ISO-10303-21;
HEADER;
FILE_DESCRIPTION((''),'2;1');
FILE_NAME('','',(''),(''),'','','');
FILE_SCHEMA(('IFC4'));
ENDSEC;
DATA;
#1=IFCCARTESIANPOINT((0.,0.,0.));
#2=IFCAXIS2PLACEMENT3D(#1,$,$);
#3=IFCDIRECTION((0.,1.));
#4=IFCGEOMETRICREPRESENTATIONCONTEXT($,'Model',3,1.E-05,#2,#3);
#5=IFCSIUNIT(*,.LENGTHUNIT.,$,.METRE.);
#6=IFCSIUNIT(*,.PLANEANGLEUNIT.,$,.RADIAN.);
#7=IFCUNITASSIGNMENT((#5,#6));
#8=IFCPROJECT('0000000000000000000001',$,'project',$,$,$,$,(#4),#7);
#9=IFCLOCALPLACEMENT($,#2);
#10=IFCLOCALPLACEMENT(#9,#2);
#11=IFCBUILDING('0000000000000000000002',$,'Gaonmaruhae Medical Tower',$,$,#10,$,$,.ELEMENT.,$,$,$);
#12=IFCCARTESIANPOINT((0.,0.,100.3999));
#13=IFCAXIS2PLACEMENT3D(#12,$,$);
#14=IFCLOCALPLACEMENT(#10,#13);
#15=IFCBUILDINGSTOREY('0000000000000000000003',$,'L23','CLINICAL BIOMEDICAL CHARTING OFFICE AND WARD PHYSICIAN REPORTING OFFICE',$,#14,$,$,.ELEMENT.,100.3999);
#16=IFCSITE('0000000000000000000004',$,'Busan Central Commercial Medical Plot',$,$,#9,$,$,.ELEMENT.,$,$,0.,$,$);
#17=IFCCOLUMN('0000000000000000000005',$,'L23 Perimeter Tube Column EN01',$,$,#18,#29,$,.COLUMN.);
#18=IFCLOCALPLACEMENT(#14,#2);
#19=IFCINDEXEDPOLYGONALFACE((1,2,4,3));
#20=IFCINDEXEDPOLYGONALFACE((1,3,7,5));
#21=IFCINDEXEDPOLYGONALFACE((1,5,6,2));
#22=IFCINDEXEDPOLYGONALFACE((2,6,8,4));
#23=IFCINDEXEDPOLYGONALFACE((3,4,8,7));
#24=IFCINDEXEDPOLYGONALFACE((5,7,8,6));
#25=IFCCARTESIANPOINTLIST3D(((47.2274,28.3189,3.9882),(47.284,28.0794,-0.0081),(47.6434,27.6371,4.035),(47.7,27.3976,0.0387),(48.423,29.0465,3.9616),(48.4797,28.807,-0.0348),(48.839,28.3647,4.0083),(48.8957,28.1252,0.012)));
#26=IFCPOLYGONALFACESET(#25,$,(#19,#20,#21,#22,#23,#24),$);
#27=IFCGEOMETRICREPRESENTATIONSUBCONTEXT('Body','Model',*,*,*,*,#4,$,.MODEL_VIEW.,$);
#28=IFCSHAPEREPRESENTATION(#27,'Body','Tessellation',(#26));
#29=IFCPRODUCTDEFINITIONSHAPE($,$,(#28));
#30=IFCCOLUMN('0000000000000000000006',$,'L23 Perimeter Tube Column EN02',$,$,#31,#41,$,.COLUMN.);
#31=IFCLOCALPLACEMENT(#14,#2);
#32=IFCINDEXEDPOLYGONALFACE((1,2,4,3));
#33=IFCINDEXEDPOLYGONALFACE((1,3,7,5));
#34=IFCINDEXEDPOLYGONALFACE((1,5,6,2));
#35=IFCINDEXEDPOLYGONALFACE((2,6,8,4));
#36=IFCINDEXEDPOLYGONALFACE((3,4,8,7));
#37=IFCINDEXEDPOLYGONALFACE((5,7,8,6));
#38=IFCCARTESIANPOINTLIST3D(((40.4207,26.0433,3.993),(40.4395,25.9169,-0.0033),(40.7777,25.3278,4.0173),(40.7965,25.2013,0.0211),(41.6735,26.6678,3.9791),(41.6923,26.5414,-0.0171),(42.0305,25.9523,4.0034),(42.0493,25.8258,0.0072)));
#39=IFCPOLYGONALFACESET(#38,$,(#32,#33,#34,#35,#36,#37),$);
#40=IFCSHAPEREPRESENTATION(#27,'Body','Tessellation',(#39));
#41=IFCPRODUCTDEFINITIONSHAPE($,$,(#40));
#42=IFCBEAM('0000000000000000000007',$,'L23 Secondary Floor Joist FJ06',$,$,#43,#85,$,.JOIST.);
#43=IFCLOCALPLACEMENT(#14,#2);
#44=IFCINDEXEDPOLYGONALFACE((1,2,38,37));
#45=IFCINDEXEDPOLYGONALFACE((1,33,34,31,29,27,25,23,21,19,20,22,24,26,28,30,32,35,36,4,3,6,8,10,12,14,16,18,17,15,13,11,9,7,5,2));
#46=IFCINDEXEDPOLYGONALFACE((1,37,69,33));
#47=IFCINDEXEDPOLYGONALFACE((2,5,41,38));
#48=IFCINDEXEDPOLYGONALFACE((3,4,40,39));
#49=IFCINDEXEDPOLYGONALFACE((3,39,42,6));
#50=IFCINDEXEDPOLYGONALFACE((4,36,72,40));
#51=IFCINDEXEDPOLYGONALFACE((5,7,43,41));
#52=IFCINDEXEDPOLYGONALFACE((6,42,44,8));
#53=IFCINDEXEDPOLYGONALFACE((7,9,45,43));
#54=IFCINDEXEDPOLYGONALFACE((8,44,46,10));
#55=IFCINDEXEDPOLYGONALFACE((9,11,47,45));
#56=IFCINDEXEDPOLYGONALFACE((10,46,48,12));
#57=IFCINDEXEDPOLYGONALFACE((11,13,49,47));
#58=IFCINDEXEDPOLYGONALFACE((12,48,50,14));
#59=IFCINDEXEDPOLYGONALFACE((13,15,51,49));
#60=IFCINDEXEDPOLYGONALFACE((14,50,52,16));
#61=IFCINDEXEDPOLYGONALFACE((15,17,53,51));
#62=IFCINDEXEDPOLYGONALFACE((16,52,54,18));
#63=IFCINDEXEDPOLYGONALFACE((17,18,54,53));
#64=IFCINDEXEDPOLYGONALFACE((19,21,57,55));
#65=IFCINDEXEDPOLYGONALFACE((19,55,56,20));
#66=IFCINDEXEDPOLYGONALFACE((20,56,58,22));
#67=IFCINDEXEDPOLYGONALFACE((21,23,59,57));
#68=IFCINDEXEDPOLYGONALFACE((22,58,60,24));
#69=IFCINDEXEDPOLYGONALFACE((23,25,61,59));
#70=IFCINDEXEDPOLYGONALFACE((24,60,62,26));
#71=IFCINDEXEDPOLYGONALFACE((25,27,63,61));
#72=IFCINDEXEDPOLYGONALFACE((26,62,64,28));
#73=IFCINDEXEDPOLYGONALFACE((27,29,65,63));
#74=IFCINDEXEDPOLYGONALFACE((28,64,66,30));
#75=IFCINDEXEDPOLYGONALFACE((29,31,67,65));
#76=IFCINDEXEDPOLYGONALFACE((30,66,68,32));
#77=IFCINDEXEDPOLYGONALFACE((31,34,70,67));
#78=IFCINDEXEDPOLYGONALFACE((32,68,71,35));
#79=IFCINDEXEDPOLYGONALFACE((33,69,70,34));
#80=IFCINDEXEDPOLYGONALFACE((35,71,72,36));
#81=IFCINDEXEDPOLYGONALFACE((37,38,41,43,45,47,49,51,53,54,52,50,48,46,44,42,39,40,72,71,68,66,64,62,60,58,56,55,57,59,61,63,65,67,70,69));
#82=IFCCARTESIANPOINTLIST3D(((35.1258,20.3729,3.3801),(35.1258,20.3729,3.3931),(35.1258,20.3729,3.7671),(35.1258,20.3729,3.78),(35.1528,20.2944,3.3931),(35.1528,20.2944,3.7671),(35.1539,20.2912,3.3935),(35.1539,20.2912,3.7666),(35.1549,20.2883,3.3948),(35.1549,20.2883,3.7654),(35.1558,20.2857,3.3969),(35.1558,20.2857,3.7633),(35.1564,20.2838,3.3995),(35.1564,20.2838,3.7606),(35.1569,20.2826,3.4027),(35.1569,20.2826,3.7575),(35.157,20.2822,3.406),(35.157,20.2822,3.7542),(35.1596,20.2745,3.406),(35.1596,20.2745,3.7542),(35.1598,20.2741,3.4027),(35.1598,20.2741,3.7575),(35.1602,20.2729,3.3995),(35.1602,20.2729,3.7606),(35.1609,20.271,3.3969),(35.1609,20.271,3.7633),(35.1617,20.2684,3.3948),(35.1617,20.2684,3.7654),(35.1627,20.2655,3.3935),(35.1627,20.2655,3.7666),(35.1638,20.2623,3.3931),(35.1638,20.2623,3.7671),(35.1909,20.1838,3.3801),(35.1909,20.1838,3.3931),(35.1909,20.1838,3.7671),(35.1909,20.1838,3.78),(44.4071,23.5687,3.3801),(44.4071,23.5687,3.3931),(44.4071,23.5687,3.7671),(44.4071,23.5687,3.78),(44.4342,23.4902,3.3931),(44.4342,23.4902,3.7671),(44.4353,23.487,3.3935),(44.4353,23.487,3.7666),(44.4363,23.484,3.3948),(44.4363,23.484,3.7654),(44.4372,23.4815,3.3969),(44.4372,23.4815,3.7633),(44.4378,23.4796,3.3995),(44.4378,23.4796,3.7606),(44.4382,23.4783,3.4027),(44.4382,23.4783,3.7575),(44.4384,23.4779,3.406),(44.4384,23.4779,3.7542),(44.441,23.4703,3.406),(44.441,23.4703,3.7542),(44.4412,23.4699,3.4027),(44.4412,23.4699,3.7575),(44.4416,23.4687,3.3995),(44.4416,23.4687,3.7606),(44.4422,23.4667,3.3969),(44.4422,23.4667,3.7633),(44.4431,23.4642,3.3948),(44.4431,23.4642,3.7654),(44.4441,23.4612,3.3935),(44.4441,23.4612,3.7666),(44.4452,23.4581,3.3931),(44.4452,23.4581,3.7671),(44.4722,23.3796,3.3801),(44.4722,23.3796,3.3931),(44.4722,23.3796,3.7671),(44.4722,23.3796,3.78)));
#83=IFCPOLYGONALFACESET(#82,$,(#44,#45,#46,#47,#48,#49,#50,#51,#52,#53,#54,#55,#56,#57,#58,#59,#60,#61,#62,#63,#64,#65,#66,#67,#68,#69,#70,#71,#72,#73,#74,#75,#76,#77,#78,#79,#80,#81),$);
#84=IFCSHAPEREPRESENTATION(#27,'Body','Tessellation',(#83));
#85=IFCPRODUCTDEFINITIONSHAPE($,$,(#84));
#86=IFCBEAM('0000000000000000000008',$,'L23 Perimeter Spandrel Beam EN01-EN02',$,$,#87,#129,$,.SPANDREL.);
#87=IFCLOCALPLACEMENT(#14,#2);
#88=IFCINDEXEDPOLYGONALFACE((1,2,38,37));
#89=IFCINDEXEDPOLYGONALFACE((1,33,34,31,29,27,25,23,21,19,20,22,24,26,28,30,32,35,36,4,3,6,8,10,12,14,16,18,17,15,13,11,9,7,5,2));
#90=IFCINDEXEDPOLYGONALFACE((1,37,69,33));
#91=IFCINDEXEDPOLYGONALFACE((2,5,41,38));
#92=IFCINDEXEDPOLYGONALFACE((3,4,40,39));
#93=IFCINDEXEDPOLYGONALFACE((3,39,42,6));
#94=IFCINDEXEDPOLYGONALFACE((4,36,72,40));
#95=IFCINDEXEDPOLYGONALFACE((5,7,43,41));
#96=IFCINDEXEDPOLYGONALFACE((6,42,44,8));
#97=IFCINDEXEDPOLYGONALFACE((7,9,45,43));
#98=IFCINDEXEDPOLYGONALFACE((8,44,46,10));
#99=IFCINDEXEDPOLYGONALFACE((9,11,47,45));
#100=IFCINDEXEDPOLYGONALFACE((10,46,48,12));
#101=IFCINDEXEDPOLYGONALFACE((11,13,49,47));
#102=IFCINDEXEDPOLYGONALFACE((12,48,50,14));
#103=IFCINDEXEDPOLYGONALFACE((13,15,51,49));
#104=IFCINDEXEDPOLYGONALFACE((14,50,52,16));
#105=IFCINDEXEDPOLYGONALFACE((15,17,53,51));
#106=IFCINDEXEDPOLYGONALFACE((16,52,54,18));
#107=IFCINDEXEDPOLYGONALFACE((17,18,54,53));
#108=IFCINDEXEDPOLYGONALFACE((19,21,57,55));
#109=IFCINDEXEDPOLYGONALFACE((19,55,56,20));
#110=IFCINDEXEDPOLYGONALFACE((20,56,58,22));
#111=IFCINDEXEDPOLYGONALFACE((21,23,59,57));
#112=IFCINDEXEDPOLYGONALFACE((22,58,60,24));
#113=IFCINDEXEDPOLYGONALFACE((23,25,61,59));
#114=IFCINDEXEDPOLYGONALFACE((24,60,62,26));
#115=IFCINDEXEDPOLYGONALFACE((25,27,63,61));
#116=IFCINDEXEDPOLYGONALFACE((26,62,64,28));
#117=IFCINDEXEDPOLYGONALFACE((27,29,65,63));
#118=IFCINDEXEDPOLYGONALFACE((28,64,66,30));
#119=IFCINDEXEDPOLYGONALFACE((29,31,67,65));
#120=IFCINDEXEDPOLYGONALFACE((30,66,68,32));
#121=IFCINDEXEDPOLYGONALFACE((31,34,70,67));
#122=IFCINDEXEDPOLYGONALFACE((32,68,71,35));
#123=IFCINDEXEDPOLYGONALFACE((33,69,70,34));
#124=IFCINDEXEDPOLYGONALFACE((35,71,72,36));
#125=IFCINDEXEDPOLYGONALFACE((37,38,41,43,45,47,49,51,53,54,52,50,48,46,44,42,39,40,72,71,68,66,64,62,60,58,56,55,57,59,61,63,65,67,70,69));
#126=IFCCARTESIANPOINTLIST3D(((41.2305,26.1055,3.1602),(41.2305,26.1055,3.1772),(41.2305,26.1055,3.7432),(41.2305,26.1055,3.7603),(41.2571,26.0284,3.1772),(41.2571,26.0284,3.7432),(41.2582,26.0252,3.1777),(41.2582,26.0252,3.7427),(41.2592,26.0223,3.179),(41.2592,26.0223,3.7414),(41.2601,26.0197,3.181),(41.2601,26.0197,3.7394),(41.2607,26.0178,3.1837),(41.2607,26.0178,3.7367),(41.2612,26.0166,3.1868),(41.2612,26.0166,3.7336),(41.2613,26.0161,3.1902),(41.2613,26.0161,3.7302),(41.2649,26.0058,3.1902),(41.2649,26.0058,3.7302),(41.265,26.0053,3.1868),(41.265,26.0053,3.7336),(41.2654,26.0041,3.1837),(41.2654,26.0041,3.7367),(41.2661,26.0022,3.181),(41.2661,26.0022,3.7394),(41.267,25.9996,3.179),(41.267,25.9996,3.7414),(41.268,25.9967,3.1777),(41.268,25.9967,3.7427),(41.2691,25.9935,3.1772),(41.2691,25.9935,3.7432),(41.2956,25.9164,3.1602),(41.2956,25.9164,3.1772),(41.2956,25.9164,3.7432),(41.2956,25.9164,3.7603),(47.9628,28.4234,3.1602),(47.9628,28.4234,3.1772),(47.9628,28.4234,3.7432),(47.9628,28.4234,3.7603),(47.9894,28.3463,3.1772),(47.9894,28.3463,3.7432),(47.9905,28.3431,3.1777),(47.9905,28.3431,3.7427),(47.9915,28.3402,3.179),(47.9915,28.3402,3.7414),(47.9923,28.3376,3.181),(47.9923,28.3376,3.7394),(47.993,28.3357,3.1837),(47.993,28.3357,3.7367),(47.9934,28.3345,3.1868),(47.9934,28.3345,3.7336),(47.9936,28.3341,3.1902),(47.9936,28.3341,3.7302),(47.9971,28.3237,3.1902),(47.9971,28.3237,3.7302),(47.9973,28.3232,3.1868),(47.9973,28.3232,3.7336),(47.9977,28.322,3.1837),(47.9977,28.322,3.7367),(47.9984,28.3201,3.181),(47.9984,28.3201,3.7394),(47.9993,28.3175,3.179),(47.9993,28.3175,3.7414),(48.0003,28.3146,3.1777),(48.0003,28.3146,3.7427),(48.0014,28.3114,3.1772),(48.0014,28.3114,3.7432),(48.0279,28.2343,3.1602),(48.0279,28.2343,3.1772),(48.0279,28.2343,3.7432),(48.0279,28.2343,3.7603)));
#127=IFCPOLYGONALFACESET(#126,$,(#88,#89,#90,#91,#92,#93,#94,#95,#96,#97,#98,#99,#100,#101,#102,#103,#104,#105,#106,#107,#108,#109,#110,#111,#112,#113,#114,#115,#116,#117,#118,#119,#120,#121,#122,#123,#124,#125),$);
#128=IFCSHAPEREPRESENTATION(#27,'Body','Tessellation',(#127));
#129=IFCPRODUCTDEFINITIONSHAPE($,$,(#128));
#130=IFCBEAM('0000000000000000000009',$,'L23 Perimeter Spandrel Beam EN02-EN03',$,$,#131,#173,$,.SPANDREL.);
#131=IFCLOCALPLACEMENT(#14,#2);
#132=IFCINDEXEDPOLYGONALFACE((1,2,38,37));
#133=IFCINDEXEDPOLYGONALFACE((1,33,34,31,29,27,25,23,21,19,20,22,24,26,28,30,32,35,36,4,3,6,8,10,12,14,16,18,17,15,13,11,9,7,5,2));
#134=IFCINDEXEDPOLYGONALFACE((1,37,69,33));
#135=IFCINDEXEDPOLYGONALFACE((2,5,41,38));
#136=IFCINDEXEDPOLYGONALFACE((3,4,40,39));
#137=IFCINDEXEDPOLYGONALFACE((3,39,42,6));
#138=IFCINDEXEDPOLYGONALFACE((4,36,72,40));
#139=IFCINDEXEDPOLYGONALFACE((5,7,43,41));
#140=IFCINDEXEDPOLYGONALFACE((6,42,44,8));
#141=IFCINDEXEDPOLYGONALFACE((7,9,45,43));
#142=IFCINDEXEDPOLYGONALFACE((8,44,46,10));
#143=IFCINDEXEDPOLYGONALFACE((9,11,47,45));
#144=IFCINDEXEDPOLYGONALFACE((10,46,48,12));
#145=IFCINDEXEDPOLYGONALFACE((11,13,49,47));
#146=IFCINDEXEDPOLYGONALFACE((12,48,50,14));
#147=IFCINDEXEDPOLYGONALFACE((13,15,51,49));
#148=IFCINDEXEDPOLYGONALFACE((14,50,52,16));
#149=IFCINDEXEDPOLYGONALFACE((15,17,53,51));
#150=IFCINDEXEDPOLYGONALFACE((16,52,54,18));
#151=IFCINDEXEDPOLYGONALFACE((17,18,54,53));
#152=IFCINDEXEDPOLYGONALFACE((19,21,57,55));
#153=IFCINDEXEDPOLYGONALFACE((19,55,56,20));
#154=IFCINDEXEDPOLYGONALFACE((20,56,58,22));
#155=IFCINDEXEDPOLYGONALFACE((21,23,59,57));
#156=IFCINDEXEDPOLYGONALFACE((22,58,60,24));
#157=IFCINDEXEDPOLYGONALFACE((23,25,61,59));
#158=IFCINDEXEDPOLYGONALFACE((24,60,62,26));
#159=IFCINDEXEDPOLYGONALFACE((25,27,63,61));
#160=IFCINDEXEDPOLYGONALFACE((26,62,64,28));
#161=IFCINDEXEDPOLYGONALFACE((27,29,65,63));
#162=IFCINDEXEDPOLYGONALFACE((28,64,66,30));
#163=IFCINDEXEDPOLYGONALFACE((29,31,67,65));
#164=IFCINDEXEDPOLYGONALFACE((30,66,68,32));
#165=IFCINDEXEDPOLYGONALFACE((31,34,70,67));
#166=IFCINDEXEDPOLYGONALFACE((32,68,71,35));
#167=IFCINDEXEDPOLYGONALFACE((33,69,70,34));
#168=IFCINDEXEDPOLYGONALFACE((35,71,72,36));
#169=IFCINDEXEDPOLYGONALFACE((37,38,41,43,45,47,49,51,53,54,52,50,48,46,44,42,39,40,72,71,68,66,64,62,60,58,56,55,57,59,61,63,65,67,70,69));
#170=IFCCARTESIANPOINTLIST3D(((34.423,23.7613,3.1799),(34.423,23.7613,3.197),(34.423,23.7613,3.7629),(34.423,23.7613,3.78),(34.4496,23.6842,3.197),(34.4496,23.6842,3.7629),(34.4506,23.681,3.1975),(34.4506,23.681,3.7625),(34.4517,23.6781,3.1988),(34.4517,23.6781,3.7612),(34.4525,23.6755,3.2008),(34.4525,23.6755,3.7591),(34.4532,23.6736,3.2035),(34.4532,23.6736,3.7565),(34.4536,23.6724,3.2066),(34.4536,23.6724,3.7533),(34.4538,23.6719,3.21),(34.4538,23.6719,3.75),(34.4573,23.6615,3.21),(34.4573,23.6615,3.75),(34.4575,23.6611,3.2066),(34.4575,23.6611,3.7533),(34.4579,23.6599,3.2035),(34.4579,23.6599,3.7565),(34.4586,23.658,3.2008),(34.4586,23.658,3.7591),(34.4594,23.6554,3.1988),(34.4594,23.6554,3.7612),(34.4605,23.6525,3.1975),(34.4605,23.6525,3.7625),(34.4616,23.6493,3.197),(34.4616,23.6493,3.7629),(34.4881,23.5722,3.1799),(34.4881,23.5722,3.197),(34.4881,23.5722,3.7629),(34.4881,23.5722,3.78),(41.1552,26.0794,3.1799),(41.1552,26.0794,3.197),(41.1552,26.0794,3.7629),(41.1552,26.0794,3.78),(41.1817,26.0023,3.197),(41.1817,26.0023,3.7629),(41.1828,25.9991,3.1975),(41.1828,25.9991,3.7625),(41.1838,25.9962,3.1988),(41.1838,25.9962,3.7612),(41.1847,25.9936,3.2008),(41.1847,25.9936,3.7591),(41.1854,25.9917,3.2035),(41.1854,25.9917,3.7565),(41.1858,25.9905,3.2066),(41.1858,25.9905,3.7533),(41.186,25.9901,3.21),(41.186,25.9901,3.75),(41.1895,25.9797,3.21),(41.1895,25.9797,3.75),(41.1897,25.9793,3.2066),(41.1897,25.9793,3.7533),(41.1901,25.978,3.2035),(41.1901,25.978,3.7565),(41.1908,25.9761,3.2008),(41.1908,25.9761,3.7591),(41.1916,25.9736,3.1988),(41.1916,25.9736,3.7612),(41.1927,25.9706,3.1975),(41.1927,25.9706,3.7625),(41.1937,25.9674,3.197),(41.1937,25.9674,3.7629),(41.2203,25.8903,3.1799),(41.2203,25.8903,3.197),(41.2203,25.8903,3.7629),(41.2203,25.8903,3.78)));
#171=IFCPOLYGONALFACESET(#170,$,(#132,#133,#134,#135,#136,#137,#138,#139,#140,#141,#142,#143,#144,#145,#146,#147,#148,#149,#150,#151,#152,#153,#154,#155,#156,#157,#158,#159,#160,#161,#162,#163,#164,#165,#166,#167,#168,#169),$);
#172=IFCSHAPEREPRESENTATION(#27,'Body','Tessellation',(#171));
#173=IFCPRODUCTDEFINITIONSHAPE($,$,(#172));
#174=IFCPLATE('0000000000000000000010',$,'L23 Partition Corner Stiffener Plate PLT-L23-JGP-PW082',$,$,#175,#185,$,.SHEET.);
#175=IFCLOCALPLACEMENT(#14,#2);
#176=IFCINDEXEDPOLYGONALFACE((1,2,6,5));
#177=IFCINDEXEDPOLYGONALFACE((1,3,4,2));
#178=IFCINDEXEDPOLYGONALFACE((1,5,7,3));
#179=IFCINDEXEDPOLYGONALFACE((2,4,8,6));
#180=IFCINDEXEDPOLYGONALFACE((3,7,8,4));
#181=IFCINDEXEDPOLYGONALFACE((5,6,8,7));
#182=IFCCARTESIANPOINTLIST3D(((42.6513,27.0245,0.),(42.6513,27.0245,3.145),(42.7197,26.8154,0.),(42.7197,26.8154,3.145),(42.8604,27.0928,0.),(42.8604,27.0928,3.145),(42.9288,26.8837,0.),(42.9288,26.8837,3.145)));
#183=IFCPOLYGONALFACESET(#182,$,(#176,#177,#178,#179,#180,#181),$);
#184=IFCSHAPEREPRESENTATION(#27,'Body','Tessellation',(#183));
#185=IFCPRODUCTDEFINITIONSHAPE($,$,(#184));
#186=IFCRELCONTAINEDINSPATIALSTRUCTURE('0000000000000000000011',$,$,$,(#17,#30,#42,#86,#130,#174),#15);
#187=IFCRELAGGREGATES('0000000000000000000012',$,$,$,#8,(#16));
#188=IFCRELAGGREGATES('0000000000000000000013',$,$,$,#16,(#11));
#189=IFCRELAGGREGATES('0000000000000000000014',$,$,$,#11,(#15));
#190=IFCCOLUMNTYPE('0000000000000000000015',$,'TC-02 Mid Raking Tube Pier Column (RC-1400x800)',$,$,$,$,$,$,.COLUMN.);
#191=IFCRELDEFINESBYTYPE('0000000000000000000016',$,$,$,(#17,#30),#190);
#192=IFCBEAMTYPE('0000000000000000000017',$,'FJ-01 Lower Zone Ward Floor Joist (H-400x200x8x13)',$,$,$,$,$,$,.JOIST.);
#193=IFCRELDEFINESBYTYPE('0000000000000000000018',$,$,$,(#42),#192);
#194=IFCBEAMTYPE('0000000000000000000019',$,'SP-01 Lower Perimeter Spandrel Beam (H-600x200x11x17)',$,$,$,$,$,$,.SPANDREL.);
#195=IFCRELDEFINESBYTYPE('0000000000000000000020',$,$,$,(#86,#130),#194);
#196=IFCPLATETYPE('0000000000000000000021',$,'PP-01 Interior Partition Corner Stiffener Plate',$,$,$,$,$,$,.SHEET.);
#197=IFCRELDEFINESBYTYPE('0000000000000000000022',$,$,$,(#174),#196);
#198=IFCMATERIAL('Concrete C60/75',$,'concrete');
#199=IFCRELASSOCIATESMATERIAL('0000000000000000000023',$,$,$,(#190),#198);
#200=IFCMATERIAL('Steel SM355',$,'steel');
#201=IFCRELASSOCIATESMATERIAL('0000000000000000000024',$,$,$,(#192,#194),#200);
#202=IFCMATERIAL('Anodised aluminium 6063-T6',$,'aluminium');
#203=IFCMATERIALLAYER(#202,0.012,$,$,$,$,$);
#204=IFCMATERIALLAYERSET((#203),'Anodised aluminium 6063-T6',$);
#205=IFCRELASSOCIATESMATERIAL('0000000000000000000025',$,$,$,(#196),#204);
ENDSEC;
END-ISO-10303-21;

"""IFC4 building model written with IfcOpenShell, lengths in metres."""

from ifc_helpers import new_model, si_unit, direction, frame, origin, origin_2d, place, context, subcontext, project, spatial, rectangle, i_section, extrude, material, layer, layer_set, material_profile, profile_set, type_object, element, save


model = new_model("IFC4")

# Units and contexts
model_context = context("Model", 3, precision=1e-05, world=origin(), true_north=direction((0.0, 1.0)))
body_context = subcontext(model_context, "Body", "Model", "MODEL_VIEW")
ifc_project = project(units=[si_unit("LENGTHUNIT", "METRE"), si_unit("PLANEANGLEUNIT", "RADIAN")], contexts=[model_context])

# Site, building, storey
site_placement = place(None, origin())
site = spatial("IfcSite", under=ifc_project, at=site_placement, Name="Busan Central Commercial Medical Plot", CompositionType="ELEMENT", RefElevation=0.0)
building_placement = place(site_placement, origin())
building = spatial("IfcBuilding", under=site, at=building_placement, Name="Gaonmaruhae Medical Tower", CompositionType="ELEMENT")
storey_placement = place(building_placement, frame((0.0, 0.0, 100.3999)))
storey = spatial("IfcBuildingStorey", under=building, at=storey_placement, Name="L23", Description="CLINICAL BIOMEDICAL CHARTING OFFICE AND WARD PHYSICIAN REPORTING OFFICE", CompositionType="ELEMENT", Elevation=100.3999)

# Columns
ifc_material_1 = material(Name="Concrete C60/75", Category="concrete")
ifc_material_profile_1 = material_profile(ifc_material_1, rectangle(XDim=1.3999, YDim=0.8, at=origin_2d()), Name="RC-1400x800")
ifc_profile_set_1 = profile_set([ifc_material_profile_1], Name="Concrete C60/75")
column_type = type_object("IfcColumnType", Name="TC-02 Mid Raking Tube Pier Column (RC-1400x800)", PredefinedType="COLUMN", material=ifc_profile_set_1)
column_1_placement = place(storey_placement, frame((48.0898, 28.1023, 0.002), z_axis=(-0.014146, 0.059817, 0.998109), x_axis=(-0.854089, -0.519778, 0.019045)))
element("IfcColumn", 1, at=column_1_placement, inside=storey, type_object=column_type, Name="L23 Perimeter Tube Column EN01", PredefinedType="COLUMN", context=body_context, shape_type="SweptSolid", body=[
    extrude(rectangle(XDim=1.3999, YDim=0.8, at=origin_2d()), origin(), (0.0, 0.0, 1.0), 4.0039),
])
column_2_placement = place(storey_placement, frame((41.2444, 25.8713, 0.002), z_axis=(-0.004702, 0.031629, 0.999489), x_axis=(-0.894919, -0.44612, 0.009908)))
element("IfcColumn", 2, at=column_2_placement, inside=storey, type_object=column_type, Name="L23 Perimeter Tube Column EN02", PredefinedType="COLUMN", context=body_context, shape_type="SweptSolid", body=[
    extrude(rectangle(XDim=1.3999, YDim=0.8, at=origin_2d()), origin(), (0.0, 0.0, 1.0), 3.9983),
])

# Beams
ifc_material_2 = material(Name="Steel SM355", Category="steel")
ifc_material_profile_2 = material_profile(ifc_material_2, i_section(OverallWidth=0.2, OverallDepth=0.3999, WebThickness=0.0081, FlangeThickness=0.0129, FilletRadius=0.0129, at=origin_2d()), Name="H-400x200x8x13")
ifc_profile_set_2 = profile_set([ifc_material_profile_2], Name="Steel SM355")
beam_type_1 = type_object("IfcBeamType", Name="FJ-01 Lower Zone Ward Floor Joist (H-400x200x8x13)", PredefinedType="JOIST", material=ifc_profile_set_2)
beam_placement = place(storey_placement, frame((44.4397, 23.4741, 3.5801), z_axis=(-0.945521, -0.325561, 0.0), x_axis=(0.325561, -0.945521, 0.0)))
element("IfcBeam", 3, at=beam_placement, inside=storey, type_object=beam_type_1, Name="L23 Secondary Floor Joist FJ06", PredefinedType="JOIST", context=body_context, shape_type="SweptSolid", body=[
    extrude(i_section(OverallWidth=0.2, OverallDepth=0.3999, WebThickness=0.0081, FlangeThickness=0.0129, FilletRadius=0.0129, at=origin_2d()), origin(), (0.0, 0.0, 1.0), 9.8162),
])
ifc_material_profile_3 = material_profile(ifc_material_2, i_section(OverallWidth=0.2, OverallDepth=0.6001, WebThickness=0.011, FlangeThickness=0.0171, FilletRadius=0.0129, at=origin_2d()), Name="H-600x200x11x17")
ifc_profile_set_3 = profile_set([ifc_material_profile_3], Name="Steel SM355")
beam_type_2 = type_object("IfcBeamType", Name="SP-01 Lower Perimeter Spandrel Beam (H-600x200x11x17)", PredefinedType="SPANDREL", material=ifc_profile_set_3)
for number, where, z_axis, x_axis, name in (
    (4, (47.9954, 28.3289, 3.4602), (-0.945527, -0.325543, 0.0), (0.325543, -0.945527, 0.0), "L23 Perimeter Spandrel Beam EN01-EN02"),
    (5, (41.1877, 25.9849, 3.48), (-0.945517, -0.325573, 0.0), (0.325573, -0.945517, 0.0), "L23 Perimeter Spandrel Beam EN02-EN03"),
):
    element("IfcBeam", number, at=place(storey_placement, frame(where, z_axis=z_axis, x_axis=x_axis)), inside=storey, type_object=beam_type_2, Name=name, PredefinedType="SPANDREL", context=body_context, shape_type="SweptSolid", body=[
        extrude(i_section(OverallWidth=0.2, OverallDepth=0.6001, WebThickness=0.011, FlangeThickness=0.0171, FilletRadius=0.0129, at=origin_2d()), origin(), (0.0, 0.0, 1.0), 7.1201),
    ])

# Plate
ifc_material_3 = material(Name="Anodised aluminium 6063-T6", Category="aluminium")
ifc_layer_1 = layer(ifc_material_3, 0.012)
ifc_layer_set_1 = layer_set([ifc_layer_1], Name="Anodised aluminium 6063-T6")
plate_type = type_object("IfcPlateType", Name="PP-01 Interior Partition Corner Stiffener Plate", PredefinedType="SHEET", material=ifc_layer_set_1)
plate_placement = place(storey_placement, frame((42.79, 26.9541, 0.0), z_axis=(0.0, 0.0, 1.0), x_axis=(0.950472, 0.310809, 0.0)))
element("IfcPlate", 6, at=plate_placement, inside=storey, type_object=plate_type, Name="L23 Partition Corner Stiffener Plate PLT-L23-JGP-PW082", PredefinedType="SHEET", context=body_context, shape_type="SweptSolid", body=[
    extrude(rectangle(XDim=0.22, YDim=0.22, at=origin_2d()), origin(), (0.0, 0.0, 1.0), 3.145),
])

save(model, "model.ifc")
